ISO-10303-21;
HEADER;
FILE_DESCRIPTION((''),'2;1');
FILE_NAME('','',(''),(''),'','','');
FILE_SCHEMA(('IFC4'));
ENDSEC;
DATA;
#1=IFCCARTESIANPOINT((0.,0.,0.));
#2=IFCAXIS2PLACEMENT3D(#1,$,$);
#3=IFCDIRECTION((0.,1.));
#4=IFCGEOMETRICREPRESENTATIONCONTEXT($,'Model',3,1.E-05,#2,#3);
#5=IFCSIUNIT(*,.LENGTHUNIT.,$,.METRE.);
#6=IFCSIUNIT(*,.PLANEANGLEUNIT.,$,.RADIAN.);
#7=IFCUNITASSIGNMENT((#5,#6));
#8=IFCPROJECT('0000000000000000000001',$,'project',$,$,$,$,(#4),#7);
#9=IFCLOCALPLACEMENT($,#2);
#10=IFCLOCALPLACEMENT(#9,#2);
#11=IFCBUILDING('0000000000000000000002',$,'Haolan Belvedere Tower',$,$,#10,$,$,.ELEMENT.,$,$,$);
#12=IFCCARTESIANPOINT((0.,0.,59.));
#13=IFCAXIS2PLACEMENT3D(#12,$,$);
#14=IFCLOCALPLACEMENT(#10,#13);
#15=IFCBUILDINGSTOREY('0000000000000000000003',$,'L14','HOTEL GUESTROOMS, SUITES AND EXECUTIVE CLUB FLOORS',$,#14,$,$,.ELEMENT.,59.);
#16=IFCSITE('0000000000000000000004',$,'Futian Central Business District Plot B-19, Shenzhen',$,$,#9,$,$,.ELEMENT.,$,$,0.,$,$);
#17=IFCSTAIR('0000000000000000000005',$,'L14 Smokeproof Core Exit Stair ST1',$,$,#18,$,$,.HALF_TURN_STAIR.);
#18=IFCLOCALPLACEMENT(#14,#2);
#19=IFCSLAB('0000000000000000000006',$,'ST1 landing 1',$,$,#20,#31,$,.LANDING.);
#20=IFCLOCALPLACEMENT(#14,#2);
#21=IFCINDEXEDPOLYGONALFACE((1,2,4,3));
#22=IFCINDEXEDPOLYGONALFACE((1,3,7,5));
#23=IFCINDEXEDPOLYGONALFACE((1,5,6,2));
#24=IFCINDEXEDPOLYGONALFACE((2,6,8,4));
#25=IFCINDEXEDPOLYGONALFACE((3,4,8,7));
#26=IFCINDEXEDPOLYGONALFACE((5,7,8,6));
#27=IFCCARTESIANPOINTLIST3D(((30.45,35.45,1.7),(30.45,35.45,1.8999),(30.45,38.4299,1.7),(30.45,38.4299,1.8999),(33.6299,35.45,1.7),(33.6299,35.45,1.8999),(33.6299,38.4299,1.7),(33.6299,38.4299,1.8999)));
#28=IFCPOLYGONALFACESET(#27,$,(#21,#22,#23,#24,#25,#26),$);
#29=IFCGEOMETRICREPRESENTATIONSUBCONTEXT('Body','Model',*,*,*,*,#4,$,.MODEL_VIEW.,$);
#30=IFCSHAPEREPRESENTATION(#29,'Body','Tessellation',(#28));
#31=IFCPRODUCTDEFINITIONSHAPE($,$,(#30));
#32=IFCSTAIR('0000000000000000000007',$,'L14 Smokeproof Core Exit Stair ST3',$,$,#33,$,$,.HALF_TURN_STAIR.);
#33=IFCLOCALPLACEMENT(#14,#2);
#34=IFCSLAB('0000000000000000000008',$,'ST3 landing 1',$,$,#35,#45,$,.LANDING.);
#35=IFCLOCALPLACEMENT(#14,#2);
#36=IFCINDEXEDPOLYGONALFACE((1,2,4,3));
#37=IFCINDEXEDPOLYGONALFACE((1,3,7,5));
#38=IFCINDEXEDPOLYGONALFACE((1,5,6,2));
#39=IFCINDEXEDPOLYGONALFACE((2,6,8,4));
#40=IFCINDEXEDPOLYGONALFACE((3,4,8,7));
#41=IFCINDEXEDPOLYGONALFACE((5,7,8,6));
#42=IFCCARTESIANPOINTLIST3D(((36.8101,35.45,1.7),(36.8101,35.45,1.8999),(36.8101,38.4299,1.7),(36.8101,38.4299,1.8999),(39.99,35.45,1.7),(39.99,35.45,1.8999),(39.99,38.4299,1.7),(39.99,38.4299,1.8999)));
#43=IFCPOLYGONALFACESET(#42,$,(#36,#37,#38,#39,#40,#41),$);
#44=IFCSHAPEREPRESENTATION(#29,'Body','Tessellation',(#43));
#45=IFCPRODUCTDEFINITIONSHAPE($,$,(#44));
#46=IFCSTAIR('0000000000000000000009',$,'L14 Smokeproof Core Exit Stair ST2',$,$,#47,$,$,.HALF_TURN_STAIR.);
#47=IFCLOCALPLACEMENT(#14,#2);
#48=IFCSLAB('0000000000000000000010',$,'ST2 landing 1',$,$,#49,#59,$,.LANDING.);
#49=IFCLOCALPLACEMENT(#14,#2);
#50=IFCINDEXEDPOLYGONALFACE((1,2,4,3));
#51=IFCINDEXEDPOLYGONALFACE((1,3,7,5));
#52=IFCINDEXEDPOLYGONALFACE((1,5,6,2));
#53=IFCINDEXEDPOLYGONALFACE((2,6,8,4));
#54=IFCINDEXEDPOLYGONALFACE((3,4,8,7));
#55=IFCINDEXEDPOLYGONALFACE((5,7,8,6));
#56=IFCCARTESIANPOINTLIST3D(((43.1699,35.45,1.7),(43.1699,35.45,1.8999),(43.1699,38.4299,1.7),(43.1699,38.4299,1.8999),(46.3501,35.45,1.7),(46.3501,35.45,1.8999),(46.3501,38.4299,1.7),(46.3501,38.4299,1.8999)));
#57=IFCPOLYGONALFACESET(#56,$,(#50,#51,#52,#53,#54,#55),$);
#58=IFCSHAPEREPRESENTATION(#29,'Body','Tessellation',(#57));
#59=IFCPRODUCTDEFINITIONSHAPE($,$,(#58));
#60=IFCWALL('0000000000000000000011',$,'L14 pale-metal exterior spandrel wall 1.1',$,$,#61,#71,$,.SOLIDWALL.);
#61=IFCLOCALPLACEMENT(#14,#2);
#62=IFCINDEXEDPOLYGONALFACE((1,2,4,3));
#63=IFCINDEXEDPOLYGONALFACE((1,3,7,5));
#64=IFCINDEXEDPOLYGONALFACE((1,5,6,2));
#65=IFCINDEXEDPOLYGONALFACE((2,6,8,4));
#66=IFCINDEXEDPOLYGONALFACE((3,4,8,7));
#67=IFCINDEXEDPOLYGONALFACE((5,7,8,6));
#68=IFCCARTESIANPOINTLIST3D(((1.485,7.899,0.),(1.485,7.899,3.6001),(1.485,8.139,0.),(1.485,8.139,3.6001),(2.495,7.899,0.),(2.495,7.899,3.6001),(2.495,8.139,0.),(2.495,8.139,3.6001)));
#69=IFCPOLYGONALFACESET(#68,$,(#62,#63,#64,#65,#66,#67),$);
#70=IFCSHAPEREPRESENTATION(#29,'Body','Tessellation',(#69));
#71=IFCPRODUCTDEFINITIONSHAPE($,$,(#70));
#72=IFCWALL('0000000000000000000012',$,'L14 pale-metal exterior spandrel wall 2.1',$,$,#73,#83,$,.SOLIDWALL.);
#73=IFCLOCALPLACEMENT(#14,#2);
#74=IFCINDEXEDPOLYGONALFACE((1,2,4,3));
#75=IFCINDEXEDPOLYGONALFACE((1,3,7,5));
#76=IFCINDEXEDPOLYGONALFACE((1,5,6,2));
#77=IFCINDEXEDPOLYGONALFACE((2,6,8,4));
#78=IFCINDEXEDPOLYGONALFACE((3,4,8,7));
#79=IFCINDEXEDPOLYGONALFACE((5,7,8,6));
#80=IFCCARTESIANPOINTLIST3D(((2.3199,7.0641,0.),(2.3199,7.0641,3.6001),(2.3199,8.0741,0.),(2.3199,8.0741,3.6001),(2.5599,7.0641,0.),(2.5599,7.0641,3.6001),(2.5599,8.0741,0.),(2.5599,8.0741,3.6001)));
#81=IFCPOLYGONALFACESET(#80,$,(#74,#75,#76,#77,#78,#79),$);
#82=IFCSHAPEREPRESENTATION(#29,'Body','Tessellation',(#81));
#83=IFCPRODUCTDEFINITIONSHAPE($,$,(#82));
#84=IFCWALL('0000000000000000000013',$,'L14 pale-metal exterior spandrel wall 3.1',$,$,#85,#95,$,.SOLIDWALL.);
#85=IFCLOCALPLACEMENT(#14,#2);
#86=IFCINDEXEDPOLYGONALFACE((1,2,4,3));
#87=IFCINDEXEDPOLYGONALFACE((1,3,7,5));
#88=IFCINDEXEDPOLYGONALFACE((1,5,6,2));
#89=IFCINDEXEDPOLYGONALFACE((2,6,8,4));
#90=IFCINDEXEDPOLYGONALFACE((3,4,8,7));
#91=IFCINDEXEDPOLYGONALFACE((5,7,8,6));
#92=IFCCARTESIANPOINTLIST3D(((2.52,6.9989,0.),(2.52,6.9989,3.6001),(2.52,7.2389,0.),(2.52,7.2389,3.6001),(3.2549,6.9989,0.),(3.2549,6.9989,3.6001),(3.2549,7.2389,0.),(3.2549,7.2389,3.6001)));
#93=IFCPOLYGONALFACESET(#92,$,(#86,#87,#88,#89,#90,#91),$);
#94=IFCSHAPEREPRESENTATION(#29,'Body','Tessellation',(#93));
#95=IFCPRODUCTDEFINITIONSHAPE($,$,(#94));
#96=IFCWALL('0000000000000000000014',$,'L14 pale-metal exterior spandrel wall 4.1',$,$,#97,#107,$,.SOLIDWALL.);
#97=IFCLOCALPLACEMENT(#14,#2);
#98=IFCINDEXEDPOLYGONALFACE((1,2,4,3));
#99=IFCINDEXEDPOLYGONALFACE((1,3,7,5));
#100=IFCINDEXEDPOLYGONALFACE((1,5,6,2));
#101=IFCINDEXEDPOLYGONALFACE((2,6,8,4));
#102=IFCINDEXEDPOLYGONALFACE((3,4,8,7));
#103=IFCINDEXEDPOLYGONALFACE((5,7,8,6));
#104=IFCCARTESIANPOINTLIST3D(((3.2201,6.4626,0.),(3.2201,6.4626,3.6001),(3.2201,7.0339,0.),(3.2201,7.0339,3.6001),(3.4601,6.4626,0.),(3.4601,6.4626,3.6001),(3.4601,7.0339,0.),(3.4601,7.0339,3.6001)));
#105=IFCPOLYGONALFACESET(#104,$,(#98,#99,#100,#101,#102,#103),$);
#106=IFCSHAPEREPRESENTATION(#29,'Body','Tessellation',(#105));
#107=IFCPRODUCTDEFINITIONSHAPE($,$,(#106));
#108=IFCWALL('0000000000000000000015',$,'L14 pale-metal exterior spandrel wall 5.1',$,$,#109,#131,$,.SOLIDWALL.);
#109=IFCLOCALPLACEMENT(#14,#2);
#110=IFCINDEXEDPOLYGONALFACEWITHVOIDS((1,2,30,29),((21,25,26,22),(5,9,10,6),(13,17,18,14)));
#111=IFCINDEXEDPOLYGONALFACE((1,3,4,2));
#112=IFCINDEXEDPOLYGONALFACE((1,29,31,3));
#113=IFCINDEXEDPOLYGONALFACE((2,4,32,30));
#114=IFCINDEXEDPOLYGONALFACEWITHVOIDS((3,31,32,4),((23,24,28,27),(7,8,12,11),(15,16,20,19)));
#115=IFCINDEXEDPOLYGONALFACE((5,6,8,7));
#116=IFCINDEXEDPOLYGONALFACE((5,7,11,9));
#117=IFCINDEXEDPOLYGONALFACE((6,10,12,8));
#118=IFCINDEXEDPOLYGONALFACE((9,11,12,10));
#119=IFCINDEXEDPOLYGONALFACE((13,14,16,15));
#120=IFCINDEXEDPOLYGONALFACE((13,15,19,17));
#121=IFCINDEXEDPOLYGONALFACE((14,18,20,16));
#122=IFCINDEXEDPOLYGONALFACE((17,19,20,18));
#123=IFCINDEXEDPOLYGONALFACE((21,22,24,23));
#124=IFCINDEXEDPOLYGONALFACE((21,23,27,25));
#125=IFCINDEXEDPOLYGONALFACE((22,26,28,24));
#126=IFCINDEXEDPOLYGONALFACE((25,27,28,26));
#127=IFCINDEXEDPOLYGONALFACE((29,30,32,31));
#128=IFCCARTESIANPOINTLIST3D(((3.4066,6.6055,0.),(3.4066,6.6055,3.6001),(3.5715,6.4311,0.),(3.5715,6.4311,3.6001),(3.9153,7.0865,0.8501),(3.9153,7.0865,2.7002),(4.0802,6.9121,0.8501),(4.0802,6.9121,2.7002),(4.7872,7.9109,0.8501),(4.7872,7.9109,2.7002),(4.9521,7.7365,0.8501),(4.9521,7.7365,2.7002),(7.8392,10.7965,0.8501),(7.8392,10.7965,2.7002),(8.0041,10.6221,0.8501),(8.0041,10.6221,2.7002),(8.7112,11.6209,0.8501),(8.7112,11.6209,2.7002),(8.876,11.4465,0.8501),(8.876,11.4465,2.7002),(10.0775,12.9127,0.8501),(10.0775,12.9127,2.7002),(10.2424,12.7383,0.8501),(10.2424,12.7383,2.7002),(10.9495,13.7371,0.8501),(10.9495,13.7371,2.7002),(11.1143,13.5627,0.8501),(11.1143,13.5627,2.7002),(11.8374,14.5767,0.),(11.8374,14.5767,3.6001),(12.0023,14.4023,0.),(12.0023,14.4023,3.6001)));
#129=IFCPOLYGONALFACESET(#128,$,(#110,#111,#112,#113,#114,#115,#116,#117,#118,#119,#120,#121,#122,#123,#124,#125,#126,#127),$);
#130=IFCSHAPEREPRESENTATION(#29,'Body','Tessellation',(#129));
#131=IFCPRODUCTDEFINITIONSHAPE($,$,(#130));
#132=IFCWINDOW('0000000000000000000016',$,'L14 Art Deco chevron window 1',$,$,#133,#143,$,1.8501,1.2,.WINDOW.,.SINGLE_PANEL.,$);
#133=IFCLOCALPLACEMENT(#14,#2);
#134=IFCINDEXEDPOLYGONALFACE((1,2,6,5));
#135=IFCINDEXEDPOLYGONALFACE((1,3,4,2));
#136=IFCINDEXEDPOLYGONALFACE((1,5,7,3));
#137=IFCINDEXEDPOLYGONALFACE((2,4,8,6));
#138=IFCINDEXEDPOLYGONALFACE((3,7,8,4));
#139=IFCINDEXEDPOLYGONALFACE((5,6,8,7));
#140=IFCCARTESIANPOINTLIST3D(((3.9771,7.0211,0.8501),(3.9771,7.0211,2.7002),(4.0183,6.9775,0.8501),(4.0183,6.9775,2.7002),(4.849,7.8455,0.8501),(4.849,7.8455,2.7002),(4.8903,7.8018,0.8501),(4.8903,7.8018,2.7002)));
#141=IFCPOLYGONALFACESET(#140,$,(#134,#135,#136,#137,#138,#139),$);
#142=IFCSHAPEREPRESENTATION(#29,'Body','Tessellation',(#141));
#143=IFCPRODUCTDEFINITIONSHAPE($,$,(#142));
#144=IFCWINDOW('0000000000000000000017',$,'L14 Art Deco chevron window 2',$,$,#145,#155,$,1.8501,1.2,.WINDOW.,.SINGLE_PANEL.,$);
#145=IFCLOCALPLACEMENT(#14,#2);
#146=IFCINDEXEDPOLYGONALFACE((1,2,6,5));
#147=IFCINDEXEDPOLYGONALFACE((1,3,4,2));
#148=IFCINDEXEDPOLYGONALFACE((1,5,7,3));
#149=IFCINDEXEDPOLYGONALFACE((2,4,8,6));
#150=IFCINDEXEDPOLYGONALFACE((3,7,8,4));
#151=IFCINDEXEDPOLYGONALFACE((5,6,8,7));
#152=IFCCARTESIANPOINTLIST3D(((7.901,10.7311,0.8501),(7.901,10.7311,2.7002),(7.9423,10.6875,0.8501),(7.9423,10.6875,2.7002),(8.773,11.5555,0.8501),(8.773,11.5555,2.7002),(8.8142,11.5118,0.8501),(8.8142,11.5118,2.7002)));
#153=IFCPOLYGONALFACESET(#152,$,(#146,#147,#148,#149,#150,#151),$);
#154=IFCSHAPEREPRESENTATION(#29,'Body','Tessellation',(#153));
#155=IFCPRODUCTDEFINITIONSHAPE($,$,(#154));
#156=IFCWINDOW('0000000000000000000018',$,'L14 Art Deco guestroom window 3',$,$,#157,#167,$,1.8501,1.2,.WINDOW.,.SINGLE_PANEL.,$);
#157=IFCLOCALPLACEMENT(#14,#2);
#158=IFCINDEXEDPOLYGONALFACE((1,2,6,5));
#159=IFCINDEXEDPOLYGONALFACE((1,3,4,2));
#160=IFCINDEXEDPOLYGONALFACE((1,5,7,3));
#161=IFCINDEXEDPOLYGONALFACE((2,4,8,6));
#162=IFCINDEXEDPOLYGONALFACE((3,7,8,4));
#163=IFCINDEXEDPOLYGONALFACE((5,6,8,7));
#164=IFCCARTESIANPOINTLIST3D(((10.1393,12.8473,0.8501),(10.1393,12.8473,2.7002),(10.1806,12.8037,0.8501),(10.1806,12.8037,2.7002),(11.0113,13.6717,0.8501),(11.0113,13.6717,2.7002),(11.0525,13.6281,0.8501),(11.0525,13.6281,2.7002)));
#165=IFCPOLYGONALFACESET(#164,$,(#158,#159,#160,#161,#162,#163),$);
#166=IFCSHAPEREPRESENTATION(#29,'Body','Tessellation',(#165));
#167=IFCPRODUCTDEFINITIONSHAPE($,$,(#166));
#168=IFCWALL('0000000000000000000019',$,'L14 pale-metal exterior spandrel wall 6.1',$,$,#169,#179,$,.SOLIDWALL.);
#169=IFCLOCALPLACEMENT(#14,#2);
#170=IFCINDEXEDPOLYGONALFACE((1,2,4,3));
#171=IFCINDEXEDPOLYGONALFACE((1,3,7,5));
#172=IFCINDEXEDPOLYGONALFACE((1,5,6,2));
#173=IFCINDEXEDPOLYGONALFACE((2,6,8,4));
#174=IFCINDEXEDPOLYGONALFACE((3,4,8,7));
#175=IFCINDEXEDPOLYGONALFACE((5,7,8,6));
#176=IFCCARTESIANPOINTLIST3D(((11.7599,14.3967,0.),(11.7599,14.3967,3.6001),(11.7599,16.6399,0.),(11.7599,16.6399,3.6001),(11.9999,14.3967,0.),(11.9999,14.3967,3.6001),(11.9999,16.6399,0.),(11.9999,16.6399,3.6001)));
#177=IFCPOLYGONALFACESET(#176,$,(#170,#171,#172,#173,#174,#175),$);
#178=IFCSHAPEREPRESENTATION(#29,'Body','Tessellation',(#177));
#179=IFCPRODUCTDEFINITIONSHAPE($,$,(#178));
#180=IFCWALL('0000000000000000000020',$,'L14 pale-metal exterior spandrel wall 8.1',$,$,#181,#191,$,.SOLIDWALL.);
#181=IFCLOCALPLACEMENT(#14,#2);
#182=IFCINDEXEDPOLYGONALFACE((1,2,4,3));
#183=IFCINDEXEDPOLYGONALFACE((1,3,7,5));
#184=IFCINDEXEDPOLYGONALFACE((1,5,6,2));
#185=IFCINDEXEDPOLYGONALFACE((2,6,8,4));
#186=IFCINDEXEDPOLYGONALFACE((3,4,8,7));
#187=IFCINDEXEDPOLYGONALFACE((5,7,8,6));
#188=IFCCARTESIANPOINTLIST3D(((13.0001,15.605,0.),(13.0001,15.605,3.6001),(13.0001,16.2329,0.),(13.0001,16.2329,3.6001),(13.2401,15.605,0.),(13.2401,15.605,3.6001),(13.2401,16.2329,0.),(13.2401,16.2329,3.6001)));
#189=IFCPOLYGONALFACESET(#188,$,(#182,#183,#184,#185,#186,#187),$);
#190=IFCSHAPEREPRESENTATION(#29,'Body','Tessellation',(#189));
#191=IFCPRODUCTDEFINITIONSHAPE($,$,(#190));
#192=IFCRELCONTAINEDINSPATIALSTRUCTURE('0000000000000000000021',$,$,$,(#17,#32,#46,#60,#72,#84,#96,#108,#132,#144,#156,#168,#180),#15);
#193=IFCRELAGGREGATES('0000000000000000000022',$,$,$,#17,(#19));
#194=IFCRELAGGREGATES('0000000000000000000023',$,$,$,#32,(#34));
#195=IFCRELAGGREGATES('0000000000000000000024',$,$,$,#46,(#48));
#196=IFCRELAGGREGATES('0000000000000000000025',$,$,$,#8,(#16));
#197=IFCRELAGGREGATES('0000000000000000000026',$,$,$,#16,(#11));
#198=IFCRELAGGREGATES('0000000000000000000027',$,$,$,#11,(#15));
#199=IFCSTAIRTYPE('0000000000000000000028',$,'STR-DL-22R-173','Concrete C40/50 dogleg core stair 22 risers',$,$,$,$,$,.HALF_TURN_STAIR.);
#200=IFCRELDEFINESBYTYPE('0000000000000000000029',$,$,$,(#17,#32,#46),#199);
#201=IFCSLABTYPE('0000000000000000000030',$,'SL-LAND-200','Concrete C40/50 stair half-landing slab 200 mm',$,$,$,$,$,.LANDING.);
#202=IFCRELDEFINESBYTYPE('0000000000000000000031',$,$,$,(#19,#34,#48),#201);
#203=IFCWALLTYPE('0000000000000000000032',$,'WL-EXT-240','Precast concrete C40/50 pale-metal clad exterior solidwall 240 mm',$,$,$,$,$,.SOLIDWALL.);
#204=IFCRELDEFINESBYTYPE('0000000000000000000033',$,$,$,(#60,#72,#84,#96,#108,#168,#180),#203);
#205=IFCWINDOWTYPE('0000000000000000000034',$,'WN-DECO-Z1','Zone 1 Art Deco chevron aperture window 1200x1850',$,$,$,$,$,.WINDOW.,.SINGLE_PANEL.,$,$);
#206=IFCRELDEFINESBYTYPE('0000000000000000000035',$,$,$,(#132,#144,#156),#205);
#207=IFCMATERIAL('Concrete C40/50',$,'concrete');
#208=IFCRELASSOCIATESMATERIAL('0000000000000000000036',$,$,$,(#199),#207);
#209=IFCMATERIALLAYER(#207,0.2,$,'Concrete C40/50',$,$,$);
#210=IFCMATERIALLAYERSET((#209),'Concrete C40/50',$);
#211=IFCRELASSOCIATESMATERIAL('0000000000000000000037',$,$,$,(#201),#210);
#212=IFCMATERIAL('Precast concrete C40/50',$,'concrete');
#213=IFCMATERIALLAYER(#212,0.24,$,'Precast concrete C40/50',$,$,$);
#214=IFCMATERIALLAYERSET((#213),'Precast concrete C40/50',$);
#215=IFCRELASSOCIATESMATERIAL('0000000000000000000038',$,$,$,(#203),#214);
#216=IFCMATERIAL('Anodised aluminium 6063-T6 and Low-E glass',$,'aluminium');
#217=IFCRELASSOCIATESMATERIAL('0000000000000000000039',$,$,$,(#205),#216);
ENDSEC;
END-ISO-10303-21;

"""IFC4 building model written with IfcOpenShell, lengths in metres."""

from ifc_helpers import new_model, si_unit, direction, frame, frame_2d, origin, place, context, subcontext, project, spatial, polyline, rectangle, outline, extrude, material, layer, layer_set, type_object, element, fill, aggregate, save


model = new_model("IFC4")

# Units and contexts
model_context = context("Model", 3, precision=1e-05, world=origin(), true_north=direction((0.0, 1.0)))
body_context = subcontext(model_context, "Body", "Model", "MODEL_VIEW")
ifc_project = project(units=[si_unit("LENGTHUNIT", "METRE"), si_unit("PLANEANGLEUNIT", "RADIAN")], contexts=[model_context])

# Site, building, storey
site_placement = place(None, origin())
site = spatial("IfcSite", under=ifc_project, at=site_placement, Name="Futian Central Business District Plot B-19, Shenzhen", CompositionType="ELEMENT", RefElevation=0.0)
building_placement = place(site_placement, origin())
building = spatial("IfcBuilding", under=site, at=building_placement, Name="Haolan Belvedere Tower", CompositionType="ELEMENT")
storey_placement = place(building_placement, frame((0.0, 0.0, 59.0)))
storey = spatial("IfcBuildingStorey", under=building, at=storey_placement, Name="L14", Description="HOTEL GUESTROOMS, SUITES AND EXECUTIVE CLUB FLOORS", CompositionType="ELEMENT", Elevation=59.0)

# Shared definitions
ifc_material_1 = material(Name="Concrete C40/50", Category="concrete")

# Stairs, slabs
stair_type = type_object("IfcStairType", Name="STR-DL-22R-173", Description="Concrete C40/50 dogleg core stair 22 risers", PredefinedType="HALF_TURN_STAIR", material=ifc_material_1)
stair_1_placement = place(storey_placement, origin())
stair_1 = element("IfcStair", 1, at=stair_1_placement, inside=storey, type_object=stair_type, Name="L14 Smokeproof Core Exit Stair ST1", PredefinedType="HALF_TURN_STAIR")
ifc_layer_1 = layer(ifc_material_1, 0.2, Name="Concrete C40/50")
ifc_layer_set_1 = layer_set([ifc_layer_1], Name="Concrete C40/50")
slab_type_1 = type_object("IfcSlabType", Name="SL-LAND-200", Description="Concrete C40/50 stair half-landing slab 200 mm", PredefinedType="LANDING", material=ifc_layer_set_1)
slab_1_placement = place(storey_placement, frame((0.0, 0.0, 1.7)))
slab_1 = element("IfcSlab", 2, at=slab_1_placement, type_object=slab_type_1, Name="ST1 landing 1", PredefinedType="LANDING", context=body_context, shape_type="SweptSolid", body=[
    extrude(outline(polyline([(30.45, 38.4299), (30.45, 35.45), (33.6299, 35.45), (33.6299, 38.4299), (30.45, 38.4299)])), origin(), (0.0, 0.0, 1.0), 0.2),
])
aggregate(stair_1, [slab_1])
stair_2_placement = place(storey_placement, origin())
stair_2 = element("IfcStair", 3, at=stair_2_placement, inside=storey, type_object=stair_type, Name="L14 Smokeproof Core Exit Stair ST3", PredefinedType="HALF_TURN_STAIR")
slab_2_placement = place(storey_placement, frame((0.0, 0.0, 1.7)))
slab_2 = element("IfcSlab", 4, at=slab_2_placement, type_object=slab_type_1, Name="ST3 landing 1", PredefinedType="LANDING", context=body_context, shape_type="SweptSolid", body=[
    extrude(outline(polyline([(36.8101, 38.4299), (36.8101, 35.45), (39.99, 35.45), (39.99, 38.4299), (36.8101, 38.4299)])), origin(), (0.0, 0.0, 1.0), 0.2),
])
aggregate(stair_2, [slab_2])
stair_3_placement = place(storey_placement, origin())
stair_3 = element("IfcStair", 5, at=stair_3_placement, inside=storey, type_object=stair_type, Name="L14 Smokeproof Core Exit Stair ST2", PredefinedType="HALF_TURN_STAIR")
slab_3_placement = place(storey_placement, frame((0.0, 0.0, 1.7)))
slab_3 = element("IfcSlab", 6, at=slab_3_placement, type_object=slab_type_1, Name="ST2 landing 1", PredefinedType="LANDING", context=body_context, shape_type="SweptSolid", body=[
    extrude(outline(polyline([(43.1699, 38.4299), (43.1699, 35.45), (46.3501, 35.45), (46.3501, 38.4299), (43.1699, 38.4299)])), origin(), (0.0, 0.0, 1.0), 0.2),
])
aggregate(stair_3, [slab_3])

# Walls
ifc_material_2 = material(Name="Precast concrete C40/50", Category="concrete")
ifc_layer_2 = layer(ifc_material_2, 0.24, Name="Precast concrete C40/50")
ifc_layer_set_2 = layer_set([ifc_layer_2], Name="Precast concrete C40/50")
wall_type_1 = type_object("IfcWallType", Name="WL-EXT-240", Description="Precast concrete C40/50 pale-metal clad exterior solidwall 240 mm", PredefinedType="SOLIDWALL", material=ifc_layer_set_2)
for number, where, z_axis, x_axis, name in (
    (7, (1.4851, 8.019, 0.0), (0.0, 0.0, 1.0), (1.0, 0.0, 0.0), "L14 pale-metal exterior spandrel wall 1.1"),
    (8, (2.4399, 8.074, 0.0), (0.0, 0.0, 1.0), (0.0, -1.0, 0.0), "L14 pale-metal exterior spandrel wall 2.1"),
):
    element("IfcWall", number, at=place(storey_placement, frame(where, z_axis=z_axis, x_axis=x_axis)), inside=storey, type_object=wall_type_1, Name=name, PredefinedType="SOLIDWALL", context=body_context, shape_type="SweptSolid", body=[
        extrude(rectangle(XDim=1.01, YDim=0.24, at=frame_2d((0.5049, 0.0))), origin(), (0.0, 0.0, 1.0), 3.6001),
    ])
wall_1_placement = place(storey_placement, frame((2.52, 7.1189, 0.0), z_axis=(0.0, 0.0, 1.0), x_axis=(1.0, 0.0, 0.0)))
element("IfcWall", 9, at=wall_1_placement, inside=storey, type_object=wall_type_1, Name="L14 pale-metal exterior spandrel wall 3.1", PredefinedType="SOLIDWALL", context=body_context, shape_type="SweptSolid", body=[
    extrude(rectangle(XDim=0.7349, YDim=0.24, at=frame_2d((0.3674, 0.0))), origin(), (0.0, 0.0, 1.0), 3.6001),
])
wall_2_placement = place(storey_placement, frame((3.3401, 7.0339, 0.0), z_axis=(0.0, 0.0, 1.0), x_axis=(0.0, -1.0, 0.0)))
element("IfcWall", 10, at=wall_2_placement, inside=storey, type_object=wall_type_1, Name="L14 pale-metal exterior spandrel wall 4.1", PredefinedType="SOLIDWALL", context=body_context, shape_type="SweptSolid", body=[
    extrude(rectangle(XDim=0.5713, YDim=0.24, at=frame_2d((0.2856, 0.0))), origin(), (0.0, 0.0, 1.0), 3.6001),
])

# Wall, openings, windows
wall_3_placement = place(storey_placement, frame((3.489, 6.5183, 0.0), z_axis=(0.0, 0.0, 1.0), x_axis=(0.72664, 0.687018, 0.0)))
wall_3 = element("IfcWall", 11, at=wall_3_placement, inside=storey, type_object=wall_type_1, Name="L14 pale-metal exterior spandrel wall 5.1", PredefinedType="SOLIDWALL", context=body_context, shape_type="SweptSolid", body=[
    extrude(rectangle(XDim=11.6025, YDim=0.24, at=frame_2d((5.8013, 0.0))), origin(), (0.0, 0.0, 1.0), 3.6001),
])
opening_1_placement = place(wall_3_placement, frame((0.7, 0.0, 0.8501)))
opening_1 = element("IfcOpeningElement", 12, at=opening_1_placement, cuts=wall_3, PredefinedType="OPENING", context=body_context, shape_type="SweptSolid", body=[
    extrude(rectangle(XDim=1.2, YDim=1.8501, at=frame_2d((0.6001, 0.925))), frame((0.0, 0.1299, 0.0), z_axis=(0.0, -1.0, 0.0), x_axis=(1.0, 0.0, 0.0)), (0.0, 0.0, 1.0), 0.26),
])
opening_2_placement = place(wall_3_placement, frame((6.1001, 0.0, 0.8501)))
opening_2 = element("IfcOpeningElement", 13, at=opening_2_placement, cuts=wall_3, PredefinedType="OPENING", context=body_context, shape_type="SweptSolid", body=[
    extrude(rectangle(XDim=1.2, YDim=1.8501, at=frame_2d((0.6001, 0.925))), frame((0.0, 0.1299, 0.0), z_axis=(0.0, -1.0, 0.0), x_axis=(1.0, 0.0, 0.0)), (0.0, 0.0, 1.0), 0.26),
])
opening_3_placement = place(wall_3_placement, frame((9.1804, 0.0, 0.8501)))
opening_3 = element("IfcOpeningElement", 14, at=opening_3_placement, cuts=wall_3, PredefinedType="OPENING", context=body_context, shape_type="SweptSolid", body=[
    extrude(rectangle(XDim=1.2, YDim=1.8501, at=frame_2d((0.6001, 0.925))), frame((0.0, 0.1299, 0.0), z_axis=(0.0, -1.0, 0.0), x_axis=(1.0, 0.0, 0.0)), (0.0, 0.0, 1.0), 0.26),
])
ifc_material_3 = material(Name="Anodised aluminium 6063-T6 and Low-E glass", Category="aluminium")
window_type = type_object("IfcWindowType", Name="WN-DECO-Z1", Description="Zone 1 Art Deco chevron aperture window 1200x1850", PartitioningType="SINGLE_PANEL", PredefinedType="WINDOW", material=ifc_material_3)
window_1_placement = place(opening_1_placement, origin())
window_1 = element("IfcWindow", 15, at=window_1_placement, inside=storey, type_object=window_type, Name="L14 Art Deco chevron window 1", OverallHeight=1.8501, OverallWidth=1.2, PartitioningType="SINGLE_PANEL", PredefinedType="WINDOW", context=body_context, shape_type="SweptSolid", body=[
    extrude(rectangle(XDim=1.2, YDim=1.8501, at=frame_2d((0.6001, 0.925))), frame((0.0, 0.03, 0.0), z_axis=(0.0, -1.0, 0.0), x_axis=(1.0, 0.0, 0.0)), (0.0, 0.0, 1.0), 0.0601),
])
fill(opening_1, window_1)
window_2_placement = place(opening_2_placement, origin())
window_2 = element("IfcWindow", 16, at=window_2_placement, inside=storey, type_object=window_type, Name="L14 Art Deco chevron window 2", OverallHeight=1.8501, OverallWidth=1.2, PartitioningType="SINGLE_PANEL", PredefinedType="WINDOW", context=body_context, shape_type="SweptSolid", body=[
    extrude(rectangle(XDim=1.2, YDim=1.8501, at=frame_2d((0.6001, 0.925))), frame((0.0, 0.03, 0.0), z_axis=(0.0, -1.0, 0.0), x_axis=(1.0, 0.0, 0.0)), (0.0, 0.0, 1.0), 0.0601),
])
fill(opening_2, window_2)
window_3_placement = place(opening_3_placement, origin())
window_3 = element("IfcWindow", 17, at=window_3_placement, inside=storey, type_object=window_type, Name="L14 Art Deco guestroom window 3", OverallHeight=1.8501, OverallWidth=1.2, PartitioningType="SINGLE_PANEL", PredefinedType="WINDOW", context=body_context, shape_type="SweptSolid", body=[
    extrude(rectangle(XDim=1.2, YDim=1.8501, at=frame_2d((0.6001, 0.925))), frame((0.0, 0.03, 0.0), z_axis=(0.0, -1.0, 0.0), x_axis=(1.0, 0.0, 0.0)), (0.0, 0.0, 1.0), 0.0601),
])
fill(opening_3, window_3)

# Walls
wall_4_placement = place(storey_placement, frame((11.8799, 14.3967, 0.0), z_axis=(0.0, 0.0, 1.0), x_axis=(0.0, 1.0, 0.0)))
element("IfcWall", 18, at=wall_4_placement, inside=storey, type_object=wall_type_1, Name="L14 pale-metal exterior spandrel wall 6.1", PredefinedType="SOLIDWALL", context=body_context, shape_type="SweptSolid", body=[
    extrude(rectangle(XDim=2.2432, YDim=0.24, at=frame_2d((1.1216, 0.0))), origin(), (0.0, 0.0, 1.0), 3.6001),
])
wall_5_placement = place(storey_placement, frame((13.1201, 16.2329, 0.0), z_axis=(0.0, 0.0, 1.0), x_axis=(0.0, -1.0, 0.0)))
element("IfcWall", 19, at=wall_5_placement, inside=storey, type_object=wall_type_1, Name="L14 pale-metal exterior spandrel wall 8.1", PredefinedType="SOLIDWALL", context=body_context, shape_type="SweptSolid", body=[
    extrude(rectangle(XDim=0.6279, YDim=0.24, at=frame_2d((0.314, 0.0))), origin(), (0.0, 0.0, 1.0), 3.6001),
])

save(model, "model.ifc")
